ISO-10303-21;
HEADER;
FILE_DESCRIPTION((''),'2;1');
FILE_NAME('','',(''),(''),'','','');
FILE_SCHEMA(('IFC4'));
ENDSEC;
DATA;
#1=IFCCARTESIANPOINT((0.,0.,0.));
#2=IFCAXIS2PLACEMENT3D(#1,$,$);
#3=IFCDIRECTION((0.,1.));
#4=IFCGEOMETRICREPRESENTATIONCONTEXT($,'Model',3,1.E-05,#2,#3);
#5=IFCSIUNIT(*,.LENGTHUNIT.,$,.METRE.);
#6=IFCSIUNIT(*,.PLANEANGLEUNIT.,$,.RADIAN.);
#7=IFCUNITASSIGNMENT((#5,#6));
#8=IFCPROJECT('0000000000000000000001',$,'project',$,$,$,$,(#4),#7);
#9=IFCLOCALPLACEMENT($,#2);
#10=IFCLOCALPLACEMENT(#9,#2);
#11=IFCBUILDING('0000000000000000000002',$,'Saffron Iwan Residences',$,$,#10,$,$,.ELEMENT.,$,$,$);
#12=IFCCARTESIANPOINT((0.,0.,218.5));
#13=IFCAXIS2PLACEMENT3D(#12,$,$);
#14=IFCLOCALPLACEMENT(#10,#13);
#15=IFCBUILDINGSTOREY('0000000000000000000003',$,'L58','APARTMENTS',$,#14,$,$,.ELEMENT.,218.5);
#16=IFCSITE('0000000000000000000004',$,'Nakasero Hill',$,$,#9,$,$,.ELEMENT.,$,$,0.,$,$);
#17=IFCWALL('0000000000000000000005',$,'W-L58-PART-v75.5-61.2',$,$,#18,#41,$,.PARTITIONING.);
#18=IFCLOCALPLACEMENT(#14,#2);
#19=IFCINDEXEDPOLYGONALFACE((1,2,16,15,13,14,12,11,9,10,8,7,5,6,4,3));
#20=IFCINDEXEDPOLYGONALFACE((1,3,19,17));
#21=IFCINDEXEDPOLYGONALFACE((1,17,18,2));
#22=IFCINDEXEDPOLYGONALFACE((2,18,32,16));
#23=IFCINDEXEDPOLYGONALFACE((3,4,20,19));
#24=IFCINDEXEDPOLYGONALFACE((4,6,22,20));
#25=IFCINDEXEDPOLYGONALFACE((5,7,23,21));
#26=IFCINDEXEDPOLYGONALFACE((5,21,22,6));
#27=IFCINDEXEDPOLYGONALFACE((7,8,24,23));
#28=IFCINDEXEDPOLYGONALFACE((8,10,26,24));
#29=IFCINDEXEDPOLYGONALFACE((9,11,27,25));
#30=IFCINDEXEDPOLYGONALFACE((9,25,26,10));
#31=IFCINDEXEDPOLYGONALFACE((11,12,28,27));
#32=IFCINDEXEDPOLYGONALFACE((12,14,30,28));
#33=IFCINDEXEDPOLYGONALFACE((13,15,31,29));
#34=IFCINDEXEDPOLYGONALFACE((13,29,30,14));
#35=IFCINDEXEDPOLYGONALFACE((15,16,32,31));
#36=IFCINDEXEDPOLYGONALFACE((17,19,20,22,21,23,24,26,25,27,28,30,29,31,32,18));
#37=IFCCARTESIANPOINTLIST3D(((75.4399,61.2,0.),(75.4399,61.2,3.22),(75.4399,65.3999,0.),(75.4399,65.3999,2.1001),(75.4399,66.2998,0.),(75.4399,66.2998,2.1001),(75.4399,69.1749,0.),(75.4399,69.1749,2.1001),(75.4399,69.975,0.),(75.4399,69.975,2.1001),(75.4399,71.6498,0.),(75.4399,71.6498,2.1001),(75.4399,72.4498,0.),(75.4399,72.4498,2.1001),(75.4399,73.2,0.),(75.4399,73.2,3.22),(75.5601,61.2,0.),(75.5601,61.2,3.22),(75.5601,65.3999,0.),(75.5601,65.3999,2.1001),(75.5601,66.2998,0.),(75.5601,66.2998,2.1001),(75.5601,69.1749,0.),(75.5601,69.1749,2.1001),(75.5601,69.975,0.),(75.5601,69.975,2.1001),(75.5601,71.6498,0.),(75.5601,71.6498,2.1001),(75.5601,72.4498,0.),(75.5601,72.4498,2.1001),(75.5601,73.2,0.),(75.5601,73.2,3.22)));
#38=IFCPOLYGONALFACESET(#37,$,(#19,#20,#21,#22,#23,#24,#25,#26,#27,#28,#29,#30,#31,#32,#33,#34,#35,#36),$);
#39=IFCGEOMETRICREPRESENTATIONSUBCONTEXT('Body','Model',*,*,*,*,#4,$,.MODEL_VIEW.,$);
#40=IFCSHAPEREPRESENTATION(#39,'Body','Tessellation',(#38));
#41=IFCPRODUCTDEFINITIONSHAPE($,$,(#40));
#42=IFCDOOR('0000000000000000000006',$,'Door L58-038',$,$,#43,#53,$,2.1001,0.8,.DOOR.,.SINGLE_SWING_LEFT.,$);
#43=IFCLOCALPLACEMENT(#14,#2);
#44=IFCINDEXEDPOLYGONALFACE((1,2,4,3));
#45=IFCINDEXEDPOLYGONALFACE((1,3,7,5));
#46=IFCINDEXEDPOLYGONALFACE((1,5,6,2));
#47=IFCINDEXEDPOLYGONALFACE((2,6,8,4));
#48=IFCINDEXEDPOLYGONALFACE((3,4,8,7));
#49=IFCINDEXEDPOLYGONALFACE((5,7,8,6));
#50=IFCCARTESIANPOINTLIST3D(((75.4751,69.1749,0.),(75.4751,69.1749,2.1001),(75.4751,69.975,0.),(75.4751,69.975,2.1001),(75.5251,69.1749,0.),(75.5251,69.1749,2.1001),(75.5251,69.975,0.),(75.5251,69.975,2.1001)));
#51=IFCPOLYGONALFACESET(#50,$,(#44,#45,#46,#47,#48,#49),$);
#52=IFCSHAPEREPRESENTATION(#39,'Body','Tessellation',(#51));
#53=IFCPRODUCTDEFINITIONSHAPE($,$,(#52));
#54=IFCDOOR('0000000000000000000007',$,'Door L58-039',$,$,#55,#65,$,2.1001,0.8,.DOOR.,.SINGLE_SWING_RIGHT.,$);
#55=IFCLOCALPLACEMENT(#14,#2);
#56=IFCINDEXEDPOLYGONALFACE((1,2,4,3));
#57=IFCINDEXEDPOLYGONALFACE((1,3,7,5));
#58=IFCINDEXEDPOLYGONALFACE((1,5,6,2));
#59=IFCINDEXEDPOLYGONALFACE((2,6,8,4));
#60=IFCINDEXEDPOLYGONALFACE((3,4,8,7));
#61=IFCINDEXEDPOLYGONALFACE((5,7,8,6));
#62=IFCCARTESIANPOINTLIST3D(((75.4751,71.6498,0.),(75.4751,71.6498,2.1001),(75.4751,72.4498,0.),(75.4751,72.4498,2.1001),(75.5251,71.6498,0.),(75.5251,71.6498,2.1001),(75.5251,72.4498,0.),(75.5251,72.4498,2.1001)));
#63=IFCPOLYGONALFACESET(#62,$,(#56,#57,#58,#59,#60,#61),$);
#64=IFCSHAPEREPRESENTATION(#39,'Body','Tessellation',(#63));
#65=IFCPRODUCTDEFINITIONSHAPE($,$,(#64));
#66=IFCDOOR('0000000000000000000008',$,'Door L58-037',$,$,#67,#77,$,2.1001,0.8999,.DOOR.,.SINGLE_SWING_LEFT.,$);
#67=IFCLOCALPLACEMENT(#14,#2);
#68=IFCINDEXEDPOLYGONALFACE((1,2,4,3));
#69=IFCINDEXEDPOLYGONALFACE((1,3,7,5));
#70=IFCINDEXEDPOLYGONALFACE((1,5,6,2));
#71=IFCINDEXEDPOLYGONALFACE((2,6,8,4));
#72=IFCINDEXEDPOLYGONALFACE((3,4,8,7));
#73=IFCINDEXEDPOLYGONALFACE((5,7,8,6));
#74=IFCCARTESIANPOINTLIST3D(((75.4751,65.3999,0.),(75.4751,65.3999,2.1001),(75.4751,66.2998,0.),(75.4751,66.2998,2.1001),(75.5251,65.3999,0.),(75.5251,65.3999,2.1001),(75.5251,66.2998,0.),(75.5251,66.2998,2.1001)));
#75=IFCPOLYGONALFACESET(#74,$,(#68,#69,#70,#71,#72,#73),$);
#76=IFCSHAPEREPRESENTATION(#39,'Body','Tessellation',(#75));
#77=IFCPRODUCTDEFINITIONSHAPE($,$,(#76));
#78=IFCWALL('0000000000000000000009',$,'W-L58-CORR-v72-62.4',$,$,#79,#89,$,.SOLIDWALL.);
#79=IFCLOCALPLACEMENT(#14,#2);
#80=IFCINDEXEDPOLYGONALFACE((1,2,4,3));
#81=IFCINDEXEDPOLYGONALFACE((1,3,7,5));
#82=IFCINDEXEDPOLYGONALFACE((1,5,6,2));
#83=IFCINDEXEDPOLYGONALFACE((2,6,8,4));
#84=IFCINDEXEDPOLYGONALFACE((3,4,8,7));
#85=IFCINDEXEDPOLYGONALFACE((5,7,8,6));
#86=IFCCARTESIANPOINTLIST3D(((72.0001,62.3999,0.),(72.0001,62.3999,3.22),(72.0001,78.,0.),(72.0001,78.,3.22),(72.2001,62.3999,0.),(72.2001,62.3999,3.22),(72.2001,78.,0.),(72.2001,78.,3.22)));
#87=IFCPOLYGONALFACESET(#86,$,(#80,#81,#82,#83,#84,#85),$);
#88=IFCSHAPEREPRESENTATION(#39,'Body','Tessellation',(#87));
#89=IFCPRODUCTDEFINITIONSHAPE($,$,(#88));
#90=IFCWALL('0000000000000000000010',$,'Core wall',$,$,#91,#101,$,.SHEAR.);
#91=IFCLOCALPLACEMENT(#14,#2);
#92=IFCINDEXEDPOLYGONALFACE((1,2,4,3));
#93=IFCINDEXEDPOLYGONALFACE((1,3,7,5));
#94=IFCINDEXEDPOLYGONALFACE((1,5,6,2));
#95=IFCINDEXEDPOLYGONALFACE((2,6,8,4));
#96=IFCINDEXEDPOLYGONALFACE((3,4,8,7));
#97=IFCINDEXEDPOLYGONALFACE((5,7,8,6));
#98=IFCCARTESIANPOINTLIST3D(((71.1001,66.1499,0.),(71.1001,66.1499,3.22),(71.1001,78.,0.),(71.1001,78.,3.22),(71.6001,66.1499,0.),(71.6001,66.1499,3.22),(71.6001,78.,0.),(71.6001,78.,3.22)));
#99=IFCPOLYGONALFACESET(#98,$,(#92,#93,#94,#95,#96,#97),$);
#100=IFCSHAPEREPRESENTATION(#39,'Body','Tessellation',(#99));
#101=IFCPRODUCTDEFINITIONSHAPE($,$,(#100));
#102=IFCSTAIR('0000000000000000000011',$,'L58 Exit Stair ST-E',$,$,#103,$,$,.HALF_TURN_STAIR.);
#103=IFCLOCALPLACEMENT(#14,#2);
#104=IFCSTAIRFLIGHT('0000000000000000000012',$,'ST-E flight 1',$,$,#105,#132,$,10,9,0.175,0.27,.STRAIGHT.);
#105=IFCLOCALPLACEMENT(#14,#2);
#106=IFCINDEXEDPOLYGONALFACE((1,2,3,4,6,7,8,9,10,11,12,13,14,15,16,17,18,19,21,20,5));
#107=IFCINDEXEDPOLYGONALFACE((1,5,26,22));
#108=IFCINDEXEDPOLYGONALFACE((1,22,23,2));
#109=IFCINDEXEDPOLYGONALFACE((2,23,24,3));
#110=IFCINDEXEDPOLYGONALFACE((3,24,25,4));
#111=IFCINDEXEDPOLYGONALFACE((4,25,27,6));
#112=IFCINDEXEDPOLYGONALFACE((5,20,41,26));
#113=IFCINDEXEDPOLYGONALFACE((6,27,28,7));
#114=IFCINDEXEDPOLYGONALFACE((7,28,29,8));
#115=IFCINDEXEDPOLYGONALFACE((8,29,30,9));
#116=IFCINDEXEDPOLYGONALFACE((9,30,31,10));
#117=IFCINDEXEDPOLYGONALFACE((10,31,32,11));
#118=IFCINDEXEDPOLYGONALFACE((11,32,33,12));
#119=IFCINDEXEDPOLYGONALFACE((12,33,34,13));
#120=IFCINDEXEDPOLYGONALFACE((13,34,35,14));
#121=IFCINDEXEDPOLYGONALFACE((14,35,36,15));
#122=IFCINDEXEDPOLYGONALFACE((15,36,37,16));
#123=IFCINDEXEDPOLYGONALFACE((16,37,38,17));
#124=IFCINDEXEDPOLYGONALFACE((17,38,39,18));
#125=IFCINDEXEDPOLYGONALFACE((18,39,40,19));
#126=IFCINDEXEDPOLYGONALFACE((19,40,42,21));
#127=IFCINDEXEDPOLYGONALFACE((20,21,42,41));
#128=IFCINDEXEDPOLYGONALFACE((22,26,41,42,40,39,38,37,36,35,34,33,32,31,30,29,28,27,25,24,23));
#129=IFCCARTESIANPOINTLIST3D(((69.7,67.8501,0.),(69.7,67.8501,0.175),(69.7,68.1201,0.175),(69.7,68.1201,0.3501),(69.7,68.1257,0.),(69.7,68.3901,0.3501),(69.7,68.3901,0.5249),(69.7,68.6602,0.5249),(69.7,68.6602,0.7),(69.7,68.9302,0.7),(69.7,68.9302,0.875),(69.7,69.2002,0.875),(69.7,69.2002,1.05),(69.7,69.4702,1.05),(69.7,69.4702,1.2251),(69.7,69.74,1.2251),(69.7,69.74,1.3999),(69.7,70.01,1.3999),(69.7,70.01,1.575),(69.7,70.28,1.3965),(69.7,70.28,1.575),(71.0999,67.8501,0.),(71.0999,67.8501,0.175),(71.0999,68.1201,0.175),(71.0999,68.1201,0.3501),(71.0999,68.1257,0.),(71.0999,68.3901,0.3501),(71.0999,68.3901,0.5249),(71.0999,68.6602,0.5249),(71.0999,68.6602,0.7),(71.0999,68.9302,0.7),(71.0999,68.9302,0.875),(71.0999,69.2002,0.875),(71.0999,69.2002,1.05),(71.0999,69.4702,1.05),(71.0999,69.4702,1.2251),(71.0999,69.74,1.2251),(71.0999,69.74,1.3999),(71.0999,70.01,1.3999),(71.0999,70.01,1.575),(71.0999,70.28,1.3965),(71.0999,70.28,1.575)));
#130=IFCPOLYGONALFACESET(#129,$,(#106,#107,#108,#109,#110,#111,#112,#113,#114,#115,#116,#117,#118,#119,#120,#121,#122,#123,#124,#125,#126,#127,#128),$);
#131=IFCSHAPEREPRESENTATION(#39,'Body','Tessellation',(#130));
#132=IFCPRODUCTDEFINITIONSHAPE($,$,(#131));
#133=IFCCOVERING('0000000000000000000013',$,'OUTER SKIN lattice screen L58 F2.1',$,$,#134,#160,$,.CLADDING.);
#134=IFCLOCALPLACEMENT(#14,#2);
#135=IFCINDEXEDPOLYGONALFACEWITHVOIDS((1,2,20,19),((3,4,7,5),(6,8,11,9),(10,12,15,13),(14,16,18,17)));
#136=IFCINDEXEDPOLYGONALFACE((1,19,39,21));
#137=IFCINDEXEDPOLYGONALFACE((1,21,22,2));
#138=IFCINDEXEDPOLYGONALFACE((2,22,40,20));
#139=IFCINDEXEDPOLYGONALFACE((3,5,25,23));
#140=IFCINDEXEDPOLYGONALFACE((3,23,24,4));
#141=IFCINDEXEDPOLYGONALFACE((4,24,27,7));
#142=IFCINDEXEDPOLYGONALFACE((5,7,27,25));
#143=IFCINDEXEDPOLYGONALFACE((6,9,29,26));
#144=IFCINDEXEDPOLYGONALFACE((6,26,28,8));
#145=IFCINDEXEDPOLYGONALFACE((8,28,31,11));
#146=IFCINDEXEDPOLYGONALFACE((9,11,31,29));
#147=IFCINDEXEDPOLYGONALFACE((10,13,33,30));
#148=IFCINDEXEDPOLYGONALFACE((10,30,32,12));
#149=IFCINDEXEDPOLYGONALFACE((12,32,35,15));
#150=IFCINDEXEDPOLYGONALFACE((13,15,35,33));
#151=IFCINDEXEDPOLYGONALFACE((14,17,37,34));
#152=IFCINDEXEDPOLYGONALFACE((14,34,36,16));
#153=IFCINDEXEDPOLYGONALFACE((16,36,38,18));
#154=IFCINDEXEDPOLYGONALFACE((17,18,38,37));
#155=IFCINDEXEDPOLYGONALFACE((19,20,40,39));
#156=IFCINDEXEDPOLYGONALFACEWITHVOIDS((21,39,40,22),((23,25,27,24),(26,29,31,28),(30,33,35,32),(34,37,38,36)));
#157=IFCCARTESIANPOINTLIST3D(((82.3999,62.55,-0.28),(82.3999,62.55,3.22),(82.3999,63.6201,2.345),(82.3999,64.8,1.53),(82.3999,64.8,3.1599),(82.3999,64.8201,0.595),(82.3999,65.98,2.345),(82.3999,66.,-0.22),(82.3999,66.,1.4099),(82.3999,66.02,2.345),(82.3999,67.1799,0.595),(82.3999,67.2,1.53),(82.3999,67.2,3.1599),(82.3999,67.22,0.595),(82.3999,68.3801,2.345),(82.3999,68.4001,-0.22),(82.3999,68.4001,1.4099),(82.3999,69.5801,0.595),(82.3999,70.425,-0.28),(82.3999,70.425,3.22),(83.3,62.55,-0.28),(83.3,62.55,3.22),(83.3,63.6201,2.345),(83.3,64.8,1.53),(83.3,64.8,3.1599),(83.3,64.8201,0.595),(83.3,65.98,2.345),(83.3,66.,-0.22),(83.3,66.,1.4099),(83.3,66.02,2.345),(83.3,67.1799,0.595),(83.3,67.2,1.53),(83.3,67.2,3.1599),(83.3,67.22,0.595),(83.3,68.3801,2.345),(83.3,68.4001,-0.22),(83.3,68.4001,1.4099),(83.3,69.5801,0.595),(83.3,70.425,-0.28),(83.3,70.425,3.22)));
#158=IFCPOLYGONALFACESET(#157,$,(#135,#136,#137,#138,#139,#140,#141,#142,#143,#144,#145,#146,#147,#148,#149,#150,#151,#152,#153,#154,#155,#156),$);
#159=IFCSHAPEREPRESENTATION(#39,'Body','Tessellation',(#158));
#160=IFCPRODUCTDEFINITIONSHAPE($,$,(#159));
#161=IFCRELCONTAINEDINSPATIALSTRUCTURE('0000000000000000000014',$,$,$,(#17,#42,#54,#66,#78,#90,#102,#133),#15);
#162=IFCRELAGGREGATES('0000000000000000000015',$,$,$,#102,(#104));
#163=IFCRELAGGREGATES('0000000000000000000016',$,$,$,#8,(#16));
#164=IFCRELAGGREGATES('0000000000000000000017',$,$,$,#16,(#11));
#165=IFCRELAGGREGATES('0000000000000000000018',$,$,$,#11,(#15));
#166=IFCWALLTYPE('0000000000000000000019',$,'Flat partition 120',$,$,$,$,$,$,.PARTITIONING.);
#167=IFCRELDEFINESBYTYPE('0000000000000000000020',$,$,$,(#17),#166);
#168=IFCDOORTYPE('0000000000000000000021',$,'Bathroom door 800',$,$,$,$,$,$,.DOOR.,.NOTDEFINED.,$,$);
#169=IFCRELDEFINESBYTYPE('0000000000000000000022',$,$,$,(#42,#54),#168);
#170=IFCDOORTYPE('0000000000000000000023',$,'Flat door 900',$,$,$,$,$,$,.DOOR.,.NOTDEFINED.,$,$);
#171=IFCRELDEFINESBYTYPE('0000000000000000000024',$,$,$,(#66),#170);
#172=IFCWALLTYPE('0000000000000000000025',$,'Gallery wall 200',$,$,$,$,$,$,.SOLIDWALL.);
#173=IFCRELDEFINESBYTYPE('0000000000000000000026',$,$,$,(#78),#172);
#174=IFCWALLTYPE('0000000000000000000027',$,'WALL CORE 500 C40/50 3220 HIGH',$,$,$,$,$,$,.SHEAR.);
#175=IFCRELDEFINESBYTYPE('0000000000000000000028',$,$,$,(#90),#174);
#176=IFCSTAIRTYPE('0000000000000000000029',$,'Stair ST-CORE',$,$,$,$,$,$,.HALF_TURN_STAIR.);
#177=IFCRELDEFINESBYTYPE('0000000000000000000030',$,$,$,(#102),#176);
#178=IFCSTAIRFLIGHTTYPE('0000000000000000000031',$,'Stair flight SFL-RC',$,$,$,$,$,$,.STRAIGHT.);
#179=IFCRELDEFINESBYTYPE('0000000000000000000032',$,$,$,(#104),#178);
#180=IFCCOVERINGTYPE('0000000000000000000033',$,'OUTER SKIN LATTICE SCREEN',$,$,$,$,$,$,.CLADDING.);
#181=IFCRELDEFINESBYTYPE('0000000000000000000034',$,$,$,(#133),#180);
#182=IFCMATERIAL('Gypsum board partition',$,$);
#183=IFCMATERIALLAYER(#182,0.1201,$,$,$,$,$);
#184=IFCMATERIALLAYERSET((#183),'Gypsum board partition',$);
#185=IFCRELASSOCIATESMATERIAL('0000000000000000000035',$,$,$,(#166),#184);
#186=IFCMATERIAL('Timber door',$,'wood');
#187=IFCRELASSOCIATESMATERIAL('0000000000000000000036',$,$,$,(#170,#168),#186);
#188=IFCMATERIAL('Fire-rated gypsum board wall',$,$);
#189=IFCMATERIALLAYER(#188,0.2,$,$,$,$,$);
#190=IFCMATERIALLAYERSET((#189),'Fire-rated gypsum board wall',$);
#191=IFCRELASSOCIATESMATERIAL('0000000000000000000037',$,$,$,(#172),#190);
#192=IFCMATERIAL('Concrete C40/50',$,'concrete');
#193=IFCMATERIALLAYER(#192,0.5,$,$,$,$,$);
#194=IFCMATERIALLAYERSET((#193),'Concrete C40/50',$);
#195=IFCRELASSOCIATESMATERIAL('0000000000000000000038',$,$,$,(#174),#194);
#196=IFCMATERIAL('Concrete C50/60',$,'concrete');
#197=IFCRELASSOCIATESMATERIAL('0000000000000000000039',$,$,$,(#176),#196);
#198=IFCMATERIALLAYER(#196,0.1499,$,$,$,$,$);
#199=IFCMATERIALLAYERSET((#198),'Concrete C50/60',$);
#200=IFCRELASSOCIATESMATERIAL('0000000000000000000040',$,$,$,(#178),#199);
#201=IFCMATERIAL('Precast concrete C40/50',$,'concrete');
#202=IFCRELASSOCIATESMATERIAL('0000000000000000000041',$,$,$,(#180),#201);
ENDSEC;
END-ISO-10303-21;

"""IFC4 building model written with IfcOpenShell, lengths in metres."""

from ifc_helpers import new_model, si_unit, direction, frame, frame_2d, origin, place, context, subcontext, project, spatial, polyline, rectangle, outline, extrude, material, layer, layer_set, type_object, element, fill, aggregate, save


model = new_model("IFC4")

# Units and contexts
model_context = context("Model", 3, precision=1e-05, world=origin(), true_north=direction((0.0, 1.0)))
body_context = subcontext(model_context, "Body", "Model", "MODEL_VIEW")
ifc_project = project(units=[si_unit("LENGTHUNIT", "METRE"), si_unit("PLANEANGLEUNIT", "RADIAN")], contexts=[model_context])

# Site, building, storey
site_placement = place(None, origin())
site = spatial("IfcSite", under=ifc_project, at=site_placement, Name="Nakasero Hill", CompositionType="ELEMENT", RefElevation=0.0)
building_placement = place(site_placement, origin())
building = spatial("IfcBuilding", under=site, at=building_placement, Name="Saffron Iwan Residences", CompositionType="ELEMENT")
storey_placement = place(building_placement, frame((0.0, 0.0, 218.5)))
storey = spatial("IfcBuildingStorey", under=building, at=storey_placement, Name="L58", Description="APARTMENTS", CompositionType="ELEMENT", Elevation=218.5)

# Shared definitions
ifc_material_1 = material(Name="Concrete C40/50", Category="concrete")

# Shared definitions
ifc_material_2 = material(Name="Fire-rated gypsum board wall")
ifc_material_3 = material(Name="Gypsum board partition")
ifc_layer_1 = layer(ifc_material_3, 0.1201)
ifc_layer_set_1 = layer_set([ifc_layer_1], Name="Gypsum board partition")
wall_type_1 = type_object("IfcWallType", Name="Flat partition 120", PredefinedType="PARTITIONING", material=ifc_layer_set_1)

# Shared definitions
ifc_material_4 = material(Name="Timber door", Category="wood")
door_type_1 = type_object("IfcDoorType", Name="Flat door 900", OperationType="NOTDEFINED", PredefinedType="DOOR", material=ifc_material_4)

# Wall, openings, doors
wall_1_placement = place(storey_placement, frame((75.5, 61.2, 0.0), z_axis=(0.0, 0.0, 1.0), x_axis=(0.0, 1.0, 0.0)))
wall_1 = element("IfcWall", 1, at=wall_1_placement, inside=storey, type_object=wall_type_1, Name="W-L58-PART-v75.5-61.2", PredefinedType="PARTITIONING", context=body_context, shape_type="SweptSolid", body=[
    extrude(rectangle(XDim=12.0, YDim=0.1201, at=frame_2d((6.0, 0.0))), origin(), (0.0, 0.0, 1.0), 3.22),
])
opening_1_placement = place(wall_1_placement, frame((4.2, 0.0, 0.0)))
opening_1 = element("IfcOpeningElement", 2, at=opening_1_placement, cuts=wall_1, PredefinedType="OPENING", context=body_context, shape_type="SweptSolid", body=[
    extrude(rectangle(XDim=0.8999, YDim=2.1001, at=frame_2d((0.45, 1.05))), frame((0.0, 0.0701, 0.0), z_axis=(0.0, -1.0, 0.0), x_axis=(1.0, 0.0, 0.0)), (0.0, 0.0, 1.0), 0.1401),
])
opening_2_placement = place(wall_1_placement, frame((7.9751, 0.0, 0.0)))
opening_2 = element("IfcOpeningElement", 3, at=opening_2_placement, cuts=wall_1, PredefinedType="OPENING", context=body_context, shape_type="SweptSolid", body=[
    extrude(rectangle(XDim=0.8, YDim=2.1001, at=frame_2d((0.3999, 1.05))), frame((0.0, 0.0701, 0.0), z_axis=(0.0, -1.0, 0.0), x_axis=(1.0, 0.0, 0.0)), (0.0, 0.0, 1.0), 0.1401),
])
opening_3_placement = place(wall_1_placement, frame((10.45, 0.0, 0.0)))
opening_3 = element("IfcOpeningElement", 4, at=opening_3_placement, cuts=wall_1, PredefinedType="OPENING", context=body_context, shape_type="SweptSolid", body=[
    extrude(rectangle(XDim=0.8, YDim=2.1001, at=frame_2d((0.3999, 1.05))), frame((0.0, 0.0701, 0.0), z_axis=(0.0, -1.0, 0.0), x_axis=(1.0, 0.0, 0.0)), (0.0, 0.0, 1.0), 0.1401),
])
door_type_2 = type_object("IfcDoorType", Name="Bathroom door 800", OperationType="NOTDEFINED", PredefinedType="DOOR", material=ifc_material_4)
door_1_placement = place(opening_2_placement, origin())
door_1 = element("IfcDoor", 5, at=door_1_placement, inside=storey, type_object=door_type_2, Name="Door L58-038", OperationType="SINGLE_SWING_LEFT", OverallHeight=2.1001, OverallWidth=0.8, PredefinedType="DOOR", context=body_context, shape_type="SweptSolid", body=[
    extrude(rectangle(XDim=0.8, YDim=2.1001, at=frame_2d((0.3999, 1.05))), frame((0.0, 0.0249, 0.0), z_axis=(0.0, -1.0, 0.0), x_axis=(1.0, 0.0, 0.0)), (0.0, 0.0, 1.0), 0.05),
])
fill(opening_2, door_1)
door_2_placement = place(opening_3_placement, origin())
door_2 = element("IfcDoor", 6, at=door_2_placement, inside=storey, type_object=door_type_2, Name="Door L58-039", OperationType="SINGLE_SWING_RIGHT", OverallHeight=2.1001, OverallWidth=0.8, PredefinedType="DOOR", context=body_context, shape_type="SweptSolid", body=[
    extrude(rectangle(XDim=0.8, YDim=2.1001, at=frame_2d((0.3999, 1.05))), frame((0.0, 0.0249, 0.0), z_axis=(0.0, -1.0, 0.0), x_axis=(1.0, 0.0, 0.0)), (0.0, 0.0, 1.0), 0.05),
])
fill(opening_3, door_2)
door_3_placement = place(opening_1_placement, origin())
door_3 = element("IfcDoor", 7, at=door_3_placement, inside=storey, type_object=door_type_1, Name="Door L58-037", OperationType="SINGLE_SWING_LEFT", OverallHeight=2.1001, OverallWidth=0.8999, PredefinedType="DOOR", context=body_context, shape_type="SweptSolid", body=[
    extrude(rectangle(XDim=0.8999, YDim=2.1001, at=frame_2d((0.45, 1.05))), frame((0.0, 0.0249, 0.0), z_axis=(0.0, -1.0, 0.0), x_axis=(1.0, 0.0, 0.0)), (0.0, 0.0, 1.0), 0.05),
])
fill(opening_1, door_3)

# Walls
ifc_layer_2 = layer(ifc_material_2, 0.2)
ifc_layer_set_2 = layer_set([ifc_layer_2], Name="Fire-rated gypsum board wall")
wall_type_2 = type_object("IfcWallType", Name="Gallery wall 200", PredefinedType="SOLIDWALL", material=ifc_layer_set_2)
wall_2_placement = place(storey_placement, frame((72.1001, 62.3999, 0.0), z_axis=(0.0, 0.0, 1.0), x_axis=(0.0, 1.0, 0.0)))
element("IfcWall", 8, at=wall_2_placement, inside=storey, type_object=wall_type_2, Name="W-L58-CORR-v72-62.4", PredefinedType="SOLIDWALL", context=body_context, shape_type="SweptSolid", body=[
    extrude(rectangle(XDim=15.6001, YDim=0.2, at=frame_2d((7.8, 0.0))), origin(), (0.0, 0.0, 1.0), 3.22),
])
ifc_layer_3 = layer(ifc_material_1, 0.5)
ifc_layer_set_3 = layer_set([ifc_layer_3], Name="Concrete C40/50")
wall_type_3 = type_object("IfcWallType", Name="WALL CORE 500 C40/50 3220 HIGH", PredefinedType="SHEAR", material=ifc_layer_set_3)
wall_3_placement = place(storey_placement, frame((71.3501, 66.1499, 0.0), z_axis=(0.0, 0.0, 1.0), x_axis=(0.0, 1.0, 0.0)))
element("IfcWall", 9, at=wall_3_placement, inside=storey, type_object=wall_type_3, Name="Core wall", PredefinedType="SHEAR", context=body_context, shape_type="SweptSolid", body=[
    extrude(rectangle(XDim=11.8501, YDim=0.5, at=frame_2d((5.925, 0.0))), origin(), (0.0, 0.0, 1.0), 3.22),
])

# Stair, stair flight
ifc_material_5 = material(Name="Concrete C50/60", Category="concrete")
stair_type = type_object("IfcStairType", Name="Stair ST-CORE", PredefinedType="HALF_TURN_STAIR", material=ifc_material_5)
stair_placement = place(storey_placement, origin())
stair = element("IfcStair", 10, at=stair_placement, inside=storey, type_object=stair_type, Name="L58 Exit Stair ST-E", PredefinedType="HALF_TURN_STAIR")
ifc_layer_4 = layer(ifc_material_5, 0.1499)
ifc_layer_set_4 = layer_set([ifc_layer_4], Name="Concrete C50/60")
stair_flight_type = type_object("IfcStairFlightType", Name="Stair flight SFL-RC", PredefinedType="STRAIGHT", material=ifc_layer_set_4)
stair_flight_placement = place(storey_placement, frame((70.3999, 67.8501, 0.0), z_axis=(0.0, 0.0, 1.0), x_axis=(0.0, 1.0, 0.0)))
stair_flight = element("IfcStairFlight", 11, at=stair_flight_placement, type_object=stair_flight_type, Name="ST-E flight 1", NumberOfRisers=10, NumberOfTreads=9, PredefinedType="STRAIGHT", RiserHeight=0.175, TreadLength=0.27, context=body_context, shape_type="SweptSolid", body=[
    extrude(outline(polyline([(0.0, 0.0), (0.0, 0.175), (0.27, 0.175), (0.27, 0.3501), (0.54, 0.3501), (0.54, 0.5249), (0.8101, 0.5249), (0.8101, 0.7), (1.0801, 0.7), (1.0801, 0.875), (1.3501, 0.875), (1.3501, 1.05), (1.6201, 1.05), (1.6201, 1.2251), (1.8899, 1.2251), (1.8899, 1.3999), (2.1599, 1.3999), (2.1599, 1.575), (2.4299, 1.575), (2.4299, 1.75), (2.4299, 1.3965), (0.2756, 0.0), (0.0, 0.0)])), frame((0.0, 0.7, 0.0), z_axis=(0.0, -1.0, 0.0), x_axis=(1.0, 0.0, 0.0)), (0.0, 0.0, 1.0), 1.3999),
])
aggregate(stair, [stair_flight])

# Covering
ifc_material_6 = material(Name="Precast concrete C40/50", Category="concrete")
covering_type = type_object("IfcCoveringType", Name="OUTER SKIN LATTICE SCREEN", PredefinedType="CLADDING", material=ifc_material_6)
covering_placement = place(storey_placement, frame((82.3999, 62.55, -0.28), z_axis=(1.0, 0.0, 0.0), x_axis=(0.0, 1.0, 0.0)))
element("IfcCovering", 12, at=covering_placement, inside=storey, type_object=covering_type, Name="OUTER SKIN lattice screen L58 F2.1", PredefinedType="CLADDING", context=body_context, shape_type="SweptSolid", body=[
    extrude(outline(polyline([(0.0, 0.0), (7.875, 0.0), (7.875, 3.5), (0.0, 3.5), (0.0, 0.0)]), holes=[polyline([(2.27, 0.875), (3.45, 0.0601), (4.6299, 0.875), (3.45, 1.6899), (2.27, 0.875)]), polyline([(4.6699, 0.875), (5.8501, 0.0601), (7.03, 0.875), (5.8501, 1.6899), (4.6699, 0.875)]), polyline([(1.0701, 2.625), (2.25, 1.8101), (3.4299, 2.625), (2.25, 3.4399), (1.0701, 2.625)]), polyline([(3.47, 2.625), (4.6499, 1.8101), (5.8301, 2.625), (4.6499, 3.4399), (3.47, 2.625)])]), origin(), (0.0, 0.0, 1.0), 0.9001),
])

save(model, "model.ifc")
